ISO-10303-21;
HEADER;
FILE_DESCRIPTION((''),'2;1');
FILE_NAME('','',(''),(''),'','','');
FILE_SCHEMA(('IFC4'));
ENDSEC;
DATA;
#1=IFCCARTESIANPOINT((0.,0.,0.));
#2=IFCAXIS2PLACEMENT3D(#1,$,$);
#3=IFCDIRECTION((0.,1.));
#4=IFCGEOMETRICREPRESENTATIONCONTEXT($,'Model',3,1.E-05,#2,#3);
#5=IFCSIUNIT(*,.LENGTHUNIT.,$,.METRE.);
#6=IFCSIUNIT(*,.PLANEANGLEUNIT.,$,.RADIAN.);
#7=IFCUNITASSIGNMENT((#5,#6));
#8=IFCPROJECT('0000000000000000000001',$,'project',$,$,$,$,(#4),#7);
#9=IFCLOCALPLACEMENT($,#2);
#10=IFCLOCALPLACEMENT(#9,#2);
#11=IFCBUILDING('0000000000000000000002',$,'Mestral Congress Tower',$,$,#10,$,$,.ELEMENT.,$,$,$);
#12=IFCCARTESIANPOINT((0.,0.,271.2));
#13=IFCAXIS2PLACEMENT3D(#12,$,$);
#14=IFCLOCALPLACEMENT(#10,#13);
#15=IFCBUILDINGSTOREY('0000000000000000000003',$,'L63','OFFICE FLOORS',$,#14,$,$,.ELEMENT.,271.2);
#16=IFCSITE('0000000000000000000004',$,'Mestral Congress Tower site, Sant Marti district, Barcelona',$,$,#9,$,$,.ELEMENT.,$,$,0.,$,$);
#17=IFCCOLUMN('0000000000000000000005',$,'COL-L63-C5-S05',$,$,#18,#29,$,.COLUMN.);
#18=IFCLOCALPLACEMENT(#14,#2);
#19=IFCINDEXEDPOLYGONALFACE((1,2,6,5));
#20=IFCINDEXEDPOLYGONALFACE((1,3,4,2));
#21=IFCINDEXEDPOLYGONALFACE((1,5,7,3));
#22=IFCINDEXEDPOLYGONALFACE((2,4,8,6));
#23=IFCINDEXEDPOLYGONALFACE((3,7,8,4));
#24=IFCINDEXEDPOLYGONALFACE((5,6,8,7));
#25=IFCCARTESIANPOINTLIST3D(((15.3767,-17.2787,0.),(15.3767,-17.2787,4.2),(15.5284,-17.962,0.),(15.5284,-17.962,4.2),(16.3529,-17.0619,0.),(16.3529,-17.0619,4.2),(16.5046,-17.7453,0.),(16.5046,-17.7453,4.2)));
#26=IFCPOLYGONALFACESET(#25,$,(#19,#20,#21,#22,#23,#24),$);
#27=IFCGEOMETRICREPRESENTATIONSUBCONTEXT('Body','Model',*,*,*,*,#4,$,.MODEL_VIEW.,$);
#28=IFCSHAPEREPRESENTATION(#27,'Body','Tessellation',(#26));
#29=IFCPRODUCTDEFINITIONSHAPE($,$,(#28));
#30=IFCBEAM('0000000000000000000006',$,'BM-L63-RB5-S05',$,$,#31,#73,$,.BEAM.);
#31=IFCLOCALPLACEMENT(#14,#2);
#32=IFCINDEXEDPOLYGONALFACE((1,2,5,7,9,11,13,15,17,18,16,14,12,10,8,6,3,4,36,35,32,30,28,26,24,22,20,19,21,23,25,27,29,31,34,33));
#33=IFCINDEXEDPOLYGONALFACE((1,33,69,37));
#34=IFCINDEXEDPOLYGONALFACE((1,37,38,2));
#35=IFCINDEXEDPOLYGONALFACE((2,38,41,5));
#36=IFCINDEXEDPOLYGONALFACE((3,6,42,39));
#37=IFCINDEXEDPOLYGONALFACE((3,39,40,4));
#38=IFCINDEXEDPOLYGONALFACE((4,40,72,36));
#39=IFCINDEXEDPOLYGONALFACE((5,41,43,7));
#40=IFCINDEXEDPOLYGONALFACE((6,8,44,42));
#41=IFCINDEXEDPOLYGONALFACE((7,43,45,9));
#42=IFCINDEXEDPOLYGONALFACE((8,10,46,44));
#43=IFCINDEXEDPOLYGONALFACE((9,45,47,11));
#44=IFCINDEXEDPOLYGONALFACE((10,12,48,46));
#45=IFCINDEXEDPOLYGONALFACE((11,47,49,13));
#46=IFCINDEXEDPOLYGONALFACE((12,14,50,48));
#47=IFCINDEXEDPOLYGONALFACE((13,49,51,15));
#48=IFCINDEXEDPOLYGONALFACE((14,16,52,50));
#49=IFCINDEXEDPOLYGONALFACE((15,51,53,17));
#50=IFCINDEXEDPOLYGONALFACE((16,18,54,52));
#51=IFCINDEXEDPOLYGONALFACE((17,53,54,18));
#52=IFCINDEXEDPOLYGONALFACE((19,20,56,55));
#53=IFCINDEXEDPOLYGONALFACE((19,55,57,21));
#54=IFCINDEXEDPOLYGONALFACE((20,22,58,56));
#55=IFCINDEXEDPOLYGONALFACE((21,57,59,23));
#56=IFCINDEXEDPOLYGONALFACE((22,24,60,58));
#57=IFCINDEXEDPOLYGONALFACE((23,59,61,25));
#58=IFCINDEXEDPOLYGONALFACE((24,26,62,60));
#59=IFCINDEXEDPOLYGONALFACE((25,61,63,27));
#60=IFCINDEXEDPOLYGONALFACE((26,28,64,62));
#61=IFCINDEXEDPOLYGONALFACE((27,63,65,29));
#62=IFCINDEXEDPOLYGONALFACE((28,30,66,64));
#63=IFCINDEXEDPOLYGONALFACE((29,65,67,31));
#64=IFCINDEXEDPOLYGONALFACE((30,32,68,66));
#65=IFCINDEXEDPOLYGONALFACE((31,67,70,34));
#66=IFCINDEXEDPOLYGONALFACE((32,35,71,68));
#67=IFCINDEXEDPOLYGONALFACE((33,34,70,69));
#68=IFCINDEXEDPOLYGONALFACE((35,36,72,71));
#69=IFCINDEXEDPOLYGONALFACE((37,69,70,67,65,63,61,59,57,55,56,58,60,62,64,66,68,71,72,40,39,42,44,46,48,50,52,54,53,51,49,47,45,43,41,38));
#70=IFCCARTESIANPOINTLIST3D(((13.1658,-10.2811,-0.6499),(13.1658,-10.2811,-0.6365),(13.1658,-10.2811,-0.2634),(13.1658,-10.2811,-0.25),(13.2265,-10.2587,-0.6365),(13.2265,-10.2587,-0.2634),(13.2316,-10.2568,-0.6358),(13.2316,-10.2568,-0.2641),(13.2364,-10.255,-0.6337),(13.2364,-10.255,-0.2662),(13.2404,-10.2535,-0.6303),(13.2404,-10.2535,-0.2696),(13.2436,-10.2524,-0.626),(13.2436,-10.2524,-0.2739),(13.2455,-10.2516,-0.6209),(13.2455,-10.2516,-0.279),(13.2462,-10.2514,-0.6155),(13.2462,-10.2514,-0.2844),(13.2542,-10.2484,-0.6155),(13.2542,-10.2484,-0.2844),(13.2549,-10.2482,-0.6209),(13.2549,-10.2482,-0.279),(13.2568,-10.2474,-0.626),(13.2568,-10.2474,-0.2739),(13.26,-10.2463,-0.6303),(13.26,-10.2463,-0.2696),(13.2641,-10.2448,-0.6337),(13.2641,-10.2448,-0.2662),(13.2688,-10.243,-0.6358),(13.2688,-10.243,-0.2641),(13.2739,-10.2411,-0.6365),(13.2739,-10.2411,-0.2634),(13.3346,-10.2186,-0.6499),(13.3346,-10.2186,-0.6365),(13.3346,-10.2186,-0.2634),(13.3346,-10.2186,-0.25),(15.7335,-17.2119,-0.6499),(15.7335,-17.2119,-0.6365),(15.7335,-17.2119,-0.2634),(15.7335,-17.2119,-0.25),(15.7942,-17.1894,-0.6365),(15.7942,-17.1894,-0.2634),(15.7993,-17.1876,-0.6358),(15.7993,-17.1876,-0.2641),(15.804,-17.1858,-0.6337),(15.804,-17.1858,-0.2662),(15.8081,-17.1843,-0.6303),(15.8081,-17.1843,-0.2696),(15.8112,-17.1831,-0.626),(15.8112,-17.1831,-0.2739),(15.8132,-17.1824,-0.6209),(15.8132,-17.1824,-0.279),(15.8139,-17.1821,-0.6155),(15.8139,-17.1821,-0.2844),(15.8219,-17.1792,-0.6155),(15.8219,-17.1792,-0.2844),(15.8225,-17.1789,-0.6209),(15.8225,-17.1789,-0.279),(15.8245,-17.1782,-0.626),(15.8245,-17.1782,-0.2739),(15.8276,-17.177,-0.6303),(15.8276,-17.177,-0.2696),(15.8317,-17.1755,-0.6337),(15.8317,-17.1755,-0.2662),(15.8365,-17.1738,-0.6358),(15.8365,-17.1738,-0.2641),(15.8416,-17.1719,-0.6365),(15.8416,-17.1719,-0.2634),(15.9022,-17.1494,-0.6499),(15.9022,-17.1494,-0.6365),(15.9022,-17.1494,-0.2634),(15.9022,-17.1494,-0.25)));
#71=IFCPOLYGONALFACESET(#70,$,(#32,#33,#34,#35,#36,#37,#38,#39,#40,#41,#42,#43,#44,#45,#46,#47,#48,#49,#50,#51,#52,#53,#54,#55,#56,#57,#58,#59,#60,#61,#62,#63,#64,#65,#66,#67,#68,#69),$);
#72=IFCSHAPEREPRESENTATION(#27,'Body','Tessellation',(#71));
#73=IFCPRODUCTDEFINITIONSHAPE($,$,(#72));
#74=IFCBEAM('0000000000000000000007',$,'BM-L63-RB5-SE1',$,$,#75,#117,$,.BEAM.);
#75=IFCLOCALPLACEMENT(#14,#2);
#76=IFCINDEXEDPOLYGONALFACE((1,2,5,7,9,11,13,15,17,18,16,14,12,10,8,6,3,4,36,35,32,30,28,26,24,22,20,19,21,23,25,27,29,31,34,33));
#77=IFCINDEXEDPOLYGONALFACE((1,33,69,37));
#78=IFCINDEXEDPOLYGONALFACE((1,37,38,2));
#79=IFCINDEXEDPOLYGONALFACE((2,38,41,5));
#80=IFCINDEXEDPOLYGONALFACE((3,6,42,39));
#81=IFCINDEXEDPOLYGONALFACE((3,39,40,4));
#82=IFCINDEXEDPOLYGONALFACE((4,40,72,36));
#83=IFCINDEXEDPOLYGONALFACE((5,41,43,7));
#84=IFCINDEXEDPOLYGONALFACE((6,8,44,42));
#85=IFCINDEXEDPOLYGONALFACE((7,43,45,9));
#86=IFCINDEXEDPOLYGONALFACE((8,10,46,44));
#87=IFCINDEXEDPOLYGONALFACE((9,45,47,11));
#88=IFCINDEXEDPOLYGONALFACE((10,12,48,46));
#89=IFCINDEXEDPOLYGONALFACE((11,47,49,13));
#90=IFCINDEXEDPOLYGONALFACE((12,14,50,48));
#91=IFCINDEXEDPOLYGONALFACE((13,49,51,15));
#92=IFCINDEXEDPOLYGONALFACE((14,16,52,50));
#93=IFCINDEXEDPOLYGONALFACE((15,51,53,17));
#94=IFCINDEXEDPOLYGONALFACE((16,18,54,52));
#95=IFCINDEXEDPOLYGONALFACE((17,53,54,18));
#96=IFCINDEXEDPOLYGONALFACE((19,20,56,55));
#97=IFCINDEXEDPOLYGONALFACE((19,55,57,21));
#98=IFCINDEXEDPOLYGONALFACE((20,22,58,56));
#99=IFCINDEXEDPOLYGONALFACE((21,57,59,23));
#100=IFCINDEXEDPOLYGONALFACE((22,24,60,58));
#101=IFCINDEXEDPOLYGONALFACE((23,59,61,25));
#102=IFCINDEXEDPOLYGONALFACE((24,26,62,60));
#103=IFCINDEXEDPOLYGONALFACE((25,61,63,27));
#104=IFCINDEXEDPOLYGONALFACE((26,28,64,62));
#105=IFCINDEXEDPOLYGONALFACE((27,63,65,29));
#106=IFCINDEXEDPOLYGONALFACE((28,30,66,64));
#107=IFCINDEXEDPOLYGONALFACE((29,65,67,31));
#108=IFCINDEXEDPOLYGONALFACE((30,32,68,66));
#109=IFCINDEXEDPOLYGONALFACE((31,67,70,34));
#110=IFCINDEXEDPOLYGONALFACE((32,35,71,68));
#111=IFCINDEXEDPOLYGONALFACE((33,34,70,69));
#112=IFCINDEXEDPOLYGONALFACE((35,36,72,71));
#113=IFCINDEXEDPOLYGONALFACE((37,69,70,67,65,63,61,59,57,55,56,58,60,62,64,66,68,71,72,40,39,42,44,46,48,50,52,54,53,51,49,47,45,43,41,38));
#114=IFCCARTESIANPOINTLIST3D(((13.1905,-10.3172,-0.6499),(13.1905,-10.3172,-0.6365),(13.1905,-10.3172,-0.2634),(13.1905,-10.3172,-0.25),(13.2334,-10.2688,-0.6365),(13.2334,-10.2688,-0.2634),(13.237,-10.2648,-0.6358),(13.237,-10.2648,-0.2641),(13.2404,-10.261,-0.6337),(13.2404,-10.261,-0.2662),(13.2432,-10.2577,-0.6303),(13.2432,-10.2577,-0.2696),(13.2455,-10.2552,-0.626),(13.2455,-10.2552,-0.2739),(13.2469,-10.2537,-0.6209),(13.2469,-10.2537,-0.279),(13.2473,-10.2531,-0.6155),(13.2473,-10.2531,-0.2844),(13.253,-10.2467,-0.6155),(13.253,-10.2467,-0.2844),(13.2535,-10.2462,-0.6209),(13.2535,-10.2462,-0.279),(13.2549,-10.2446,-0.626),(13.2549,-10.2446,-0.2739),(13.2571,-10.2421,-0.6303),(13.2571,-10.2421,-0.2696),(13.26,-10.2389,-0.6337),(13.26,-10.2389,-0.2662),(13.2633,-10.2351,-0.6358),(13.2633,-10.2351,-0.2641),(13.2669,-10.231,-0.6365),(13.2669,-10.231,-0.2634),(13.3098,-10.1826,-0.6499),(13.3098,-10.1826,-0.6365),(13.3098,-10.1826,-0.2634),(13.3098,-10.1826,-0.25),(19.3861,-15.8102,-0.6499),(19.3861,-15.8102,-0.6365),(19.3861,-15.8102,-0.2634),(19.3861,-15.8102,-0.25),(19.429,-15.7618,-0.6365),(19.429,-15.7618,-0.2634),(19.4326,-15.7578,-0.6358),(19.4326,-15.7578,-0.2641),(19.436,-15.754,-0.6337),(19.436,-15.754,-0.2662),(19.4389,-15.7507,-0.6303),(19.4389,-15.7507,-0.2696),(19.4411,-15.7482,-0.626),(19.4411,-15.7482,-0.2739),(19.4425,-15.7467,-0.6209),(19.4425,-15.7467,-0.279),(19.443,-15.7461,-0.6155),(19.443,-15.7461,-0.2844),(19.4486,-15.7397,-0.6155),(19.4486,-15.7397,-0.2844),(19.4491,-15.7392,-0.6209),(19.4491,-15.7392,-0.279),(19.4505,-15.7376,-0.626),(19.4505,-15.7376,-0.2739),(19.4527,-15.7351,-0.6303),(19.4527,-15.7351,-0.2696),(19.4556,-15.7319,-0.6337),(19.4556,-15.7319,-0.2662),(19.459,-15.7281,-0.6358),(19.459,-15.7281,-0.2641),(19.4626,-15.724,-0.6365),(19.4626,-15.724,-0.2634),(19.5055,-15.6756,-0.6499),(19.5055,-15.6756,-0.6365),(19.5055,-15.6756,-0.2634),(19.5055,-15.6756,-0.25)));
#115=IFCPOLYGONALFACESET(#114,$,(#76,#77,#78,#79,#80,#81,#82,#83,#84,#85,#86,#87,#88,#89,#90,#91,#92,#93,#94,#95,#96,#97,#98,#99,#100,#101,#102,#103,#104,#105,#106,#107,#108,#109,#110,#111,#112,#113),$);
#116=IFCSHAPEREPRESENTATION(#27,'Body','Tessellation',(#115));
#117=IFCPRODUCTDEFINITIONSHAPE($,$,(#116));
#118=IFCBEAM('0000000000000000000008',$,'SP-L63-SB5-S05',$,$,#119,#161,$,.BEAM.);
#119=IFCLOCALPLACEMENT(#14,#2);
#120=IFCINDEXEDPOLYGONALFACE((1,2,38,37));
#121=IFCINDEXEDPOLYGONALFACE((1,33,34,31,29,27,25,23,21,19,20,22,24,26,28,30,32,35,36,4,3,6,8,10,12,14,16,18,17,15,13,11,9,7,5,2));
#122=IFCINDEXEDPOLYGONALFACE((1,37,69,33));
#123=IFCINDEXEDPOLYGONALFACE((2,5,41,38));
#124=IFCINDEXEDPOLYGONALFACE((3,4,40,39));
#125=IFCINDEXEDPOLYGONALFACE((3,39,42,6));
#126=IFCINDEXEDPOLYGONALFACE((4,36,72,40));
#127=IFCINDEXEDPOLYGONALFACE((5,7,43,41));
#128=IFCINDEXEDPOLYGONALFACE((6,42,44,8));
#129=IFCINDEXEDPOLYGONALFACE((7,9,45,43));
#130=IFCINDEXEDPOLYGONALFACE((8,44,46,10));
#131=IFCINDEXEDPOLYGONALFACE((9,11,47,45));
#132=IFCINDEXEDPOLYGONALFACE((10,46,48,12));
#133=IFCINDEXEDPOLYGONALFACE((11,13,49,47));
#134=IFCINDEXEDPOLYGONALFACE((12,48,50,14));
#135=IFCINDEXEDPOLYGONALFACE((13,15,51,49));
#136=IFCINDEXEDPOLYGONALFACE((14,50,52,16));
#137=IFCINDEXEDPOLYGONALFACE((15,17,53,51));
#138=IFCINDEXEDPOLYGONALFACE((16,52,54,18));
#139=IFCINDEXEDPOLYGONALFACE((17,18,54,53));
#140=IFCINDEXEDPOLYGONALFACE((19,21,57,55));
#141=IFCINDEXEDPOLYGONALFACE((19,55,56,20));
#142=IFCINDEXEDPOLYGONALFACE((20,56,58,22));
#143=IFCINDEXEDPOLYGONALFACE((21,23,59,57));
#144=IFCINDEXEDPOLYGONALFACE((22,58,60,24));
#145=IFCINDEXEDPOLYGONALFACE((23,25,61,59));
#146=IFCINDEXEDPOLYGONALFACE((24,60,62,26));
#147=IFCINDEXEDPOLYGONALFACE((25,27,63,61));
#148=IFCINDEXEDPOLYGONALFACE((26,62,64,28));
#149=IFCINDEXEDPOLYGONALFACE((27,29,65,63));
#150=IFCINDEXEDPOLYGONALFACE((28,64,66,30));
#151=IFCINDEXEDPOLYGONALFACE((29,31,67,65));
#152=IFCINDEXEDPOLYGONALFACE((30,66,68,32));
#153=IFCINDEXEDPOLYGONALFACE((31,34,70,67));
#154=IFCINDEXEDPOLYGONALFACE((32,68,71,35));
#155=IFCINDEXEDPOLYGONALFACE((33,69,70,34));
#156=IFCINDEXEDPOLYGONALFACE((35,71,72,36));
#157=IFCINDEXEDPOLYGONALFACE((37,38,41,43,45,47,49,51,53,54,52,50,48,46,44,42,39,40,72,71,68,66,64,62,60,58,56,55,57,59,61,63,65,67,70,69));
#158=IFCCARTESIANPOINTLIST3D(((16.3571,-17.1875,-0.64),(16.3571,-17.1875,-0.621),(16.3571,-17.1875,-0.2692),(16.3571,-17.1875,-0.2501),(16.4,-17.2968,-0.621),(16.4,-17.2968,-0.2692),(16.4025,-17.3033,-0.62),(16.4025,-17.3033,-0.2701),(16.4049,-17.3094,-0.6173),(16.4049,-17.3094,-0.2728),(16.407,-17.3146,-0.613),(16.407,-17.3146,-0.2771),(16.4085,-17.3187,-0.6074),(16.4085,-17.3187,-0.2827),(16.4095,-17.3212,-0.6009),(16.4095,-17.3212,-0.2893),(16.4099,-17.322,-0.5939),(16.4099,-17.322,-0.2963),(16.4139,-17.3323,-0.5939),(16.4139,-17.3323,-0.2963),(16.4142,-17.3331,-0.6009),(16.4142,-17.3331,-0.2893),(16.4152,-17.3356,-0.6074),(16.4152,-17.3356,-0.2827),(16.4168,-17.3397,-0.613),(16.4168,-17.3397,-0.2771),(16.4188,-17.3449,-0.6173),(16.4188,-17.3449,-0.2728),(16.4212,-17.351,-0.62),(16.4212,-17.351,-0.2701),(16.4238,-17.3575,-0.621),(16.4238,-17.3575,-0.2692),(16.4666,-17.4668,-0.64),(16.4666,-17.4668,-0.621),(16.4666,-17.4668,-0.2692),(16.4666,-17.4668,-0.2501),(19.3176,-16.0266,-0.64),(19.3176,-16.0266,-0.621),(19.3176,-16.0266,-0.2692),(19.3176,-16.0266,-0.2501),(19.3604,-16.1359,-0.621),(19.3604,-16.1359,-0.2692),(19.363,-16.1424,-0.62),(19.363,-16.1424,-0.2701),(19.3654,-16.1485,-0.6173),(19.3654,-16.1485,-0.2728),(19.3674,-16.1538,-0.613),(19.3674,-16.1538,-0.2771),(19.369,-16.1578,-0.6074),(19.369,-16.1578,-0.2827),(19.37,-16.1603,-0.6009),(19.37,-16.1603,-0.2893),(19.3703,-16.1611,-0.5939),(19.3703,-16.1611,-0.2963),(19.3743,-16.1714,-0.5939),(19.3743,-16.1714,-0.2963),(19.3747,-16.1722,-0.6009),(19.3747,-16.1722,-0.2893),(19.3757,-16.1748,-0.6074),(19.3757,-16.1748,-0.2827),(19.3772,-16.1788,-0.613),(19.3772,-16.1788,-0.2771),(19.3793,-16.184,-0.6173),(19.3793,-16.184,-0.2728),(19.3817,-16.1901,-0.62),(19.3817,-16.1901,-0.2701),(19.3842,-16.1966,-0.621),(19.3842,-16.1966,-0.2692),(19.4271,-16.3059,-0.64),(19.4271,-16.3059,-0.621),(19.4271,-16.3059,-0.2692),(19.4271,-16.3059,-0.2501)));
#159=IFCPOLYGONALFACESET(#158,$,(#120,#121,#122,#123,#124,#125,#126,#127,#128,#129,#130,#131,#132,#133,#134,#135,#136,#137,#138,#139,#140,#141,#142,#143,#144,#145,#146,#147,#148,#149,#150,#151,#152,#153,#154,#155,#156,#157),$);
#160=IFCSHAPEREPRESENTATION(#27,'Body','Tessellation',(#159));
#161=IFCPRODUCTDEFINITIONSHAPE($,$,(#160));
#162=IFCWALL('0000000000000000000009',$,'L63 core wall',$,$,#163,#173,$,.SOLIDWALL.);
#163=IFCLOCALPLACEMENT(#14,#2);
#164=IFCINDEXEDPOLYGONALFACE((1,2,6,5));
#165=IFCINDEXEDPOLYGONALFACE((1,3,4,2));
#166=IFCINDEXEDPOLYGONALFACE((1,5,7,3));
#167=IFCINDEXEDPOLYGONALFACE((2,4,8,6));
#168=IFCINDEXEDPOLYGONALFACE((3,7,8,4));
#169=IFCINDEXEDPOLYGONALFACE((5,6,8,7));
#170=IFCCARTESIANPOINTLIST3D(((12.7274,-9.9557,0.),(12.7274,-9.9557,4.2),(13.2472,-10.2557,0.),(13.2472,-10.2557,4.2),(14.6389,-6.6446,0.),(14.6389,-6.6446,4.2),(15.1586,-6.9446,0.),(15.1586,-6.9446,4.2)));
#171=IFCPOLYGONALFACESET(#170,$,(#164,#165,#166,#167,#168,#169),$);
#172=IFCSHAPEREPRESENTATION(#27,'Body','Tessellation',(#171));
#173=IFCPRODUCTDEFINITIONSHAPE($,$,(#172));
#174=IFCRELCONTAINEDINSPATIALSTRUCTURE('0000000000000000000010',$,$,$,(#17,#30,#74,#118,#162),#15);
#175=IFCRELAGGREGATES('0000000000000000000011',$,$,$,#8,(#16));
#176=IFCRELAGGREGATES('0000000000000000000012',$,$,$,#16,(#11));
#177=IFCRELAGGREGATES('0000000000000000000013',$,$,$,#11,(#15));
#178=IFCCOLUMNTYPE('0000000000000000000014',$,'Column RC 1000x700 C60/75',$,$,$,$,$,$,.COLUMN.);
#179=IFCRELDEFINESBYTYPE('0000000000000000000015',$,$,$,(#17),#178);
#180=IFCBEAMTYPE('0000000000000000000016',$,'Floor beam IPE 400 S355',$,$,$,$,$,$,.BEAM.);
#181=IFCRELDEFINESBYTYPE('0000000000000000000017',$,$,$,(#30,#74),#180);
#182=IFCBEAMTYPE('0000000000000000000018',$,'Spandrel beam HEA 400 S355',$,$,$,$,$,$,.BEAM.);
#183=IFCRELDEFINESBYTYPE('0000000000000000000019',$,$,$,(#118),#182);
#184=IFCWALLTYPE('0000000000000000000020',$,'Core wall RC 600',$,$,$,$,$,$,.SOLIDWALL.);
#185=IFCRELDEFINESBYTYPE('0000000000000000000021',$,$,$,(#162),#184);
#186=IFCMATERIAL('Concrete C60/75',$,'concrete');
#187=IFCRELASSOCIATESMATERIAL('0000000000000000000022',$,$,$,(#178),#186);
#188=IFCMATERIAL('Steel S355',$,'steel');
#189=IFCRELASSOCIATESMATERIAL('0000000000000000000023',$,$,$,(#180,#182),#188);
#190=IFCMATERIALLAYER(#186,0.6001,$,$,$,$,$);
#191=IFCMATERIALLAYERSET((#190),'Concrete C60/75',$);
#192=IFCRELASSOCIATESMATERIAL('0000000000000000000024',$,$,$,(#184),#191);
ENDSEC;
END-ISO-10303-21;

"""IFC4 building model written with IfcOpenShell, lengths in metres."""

from ifc_helpers import new_model, si_unit, direction, frame, frame_2d, origin, origin_2d, place, context, subcontext, project, spatial, rectangle, i_section, extrude, material, layer, layer_set, material_profile, profile_set, type_object, element, save


model = new_model("IFC4")

# Units and contexts
model_context = context("Model", 3, precision=1e-05, world=origin(), true_north=direction((0.0, 1.0)))
body_context = subcontext(model_context, "Body", "Model", "MODEL_VIEW")
ifc_project = project(units=[si_unit("LENGTHUNIT", "METRE"), si_unit("PLANEANGLEUNIT", "RADIAN")], contexts=[model_context])

# Site, building, storey
site_placement = place(None, origin())
site = spatial("IfcSite", under=ifc_project, at=site_placement, Name="Mestral Congress Tower site, Sant Marti district, Barcelona", CompositionType="ELEMENT", RefElevation=0.0)
building_placement = place(site_placement, origin())
building = spatial("IfcBuilding", under=site, at=building_placement, Name="Mestral Congress Tower", CompositionType="ELEMENT")
storey_placement = place(building_placement, frame((0.0, 0.0, 271.2)))
storey = spatial("IfcBuildingStorey", under=building, at=storey_placement, Name="L63", Description="OFFICE FLOORS", CompositionType="ELEMENT", Elevation=271.2)

# Column
ifc_material_1 = material(Name="Concrete C60/75", Category="concrete")
ifc_material_profile_1 = material_profile(ifc_material_1, rectangle(XDim=1.0, YDim=0.7, at=origin_2d()), Name="RC 1000x700")
ifc_profile_set_1 = profile_set([ifc_material_profile_1], Name="Concrete C60/75")
column_type = type_object("IfcColumnType", Name="Column RC 1000x700 C60/75", PredefinedType="COLUMN", material=ifc_profile_set_1)
column_placement = place(storey_placement, frame((15.9407, -17.512, 0.0), z_axis=(0.0, 0.0, 1.0), x_axis=(0.976234, 0.216721, 0.0)))
element("IfcColumn", 1, at=column_placement, inside=storey, type_object=column_type, Name="COL-L63-C5-S05", PredefinedType="COLUMN", context=body_context, shape_type="SweptSolid", body=[
    extrude(rectangle(XDim=1.0, YDim=0.7, at=origin_2d()), origin(), (0.0, 0.0, 1.0), 4.2),
])

# Beams
ifc_material_2 = material(Name="Steel S355", Category="steel")
ifc_material_profile_2 = material_profile(ifc_material_2, i_section(OverallWidth=0.1799, OverallDepth=0.3999, WebThickness=0.0085, FlangeThickness=0.0134, FilletRadius=0.021, at=origin_2d()), Name="IPE 400")
ifc_profile_set_2 = profile_set([ifc_material_profile_2], Name="Steel S355")
beam_type_1 = type_object("IfcBeamType", Name="Floor beam IPE 400 S355", PredefinedType="BEAM", material=ifc_profile_set_2)
beam_1_placement = place(storey_placement, frame((15.8179, -17.1807, -0.45), z_axis=(-0.347399, 0.937717, 0.0), x_axis=(-0.937717, -0.347399, 0.0)))
element("IfcBeam", 2, at=beam_1_placement, inside=storey, type_object=beam_type_1, Name="BM-L63-RB5-S05", PredefinedType="BEAM", context=body_context, shape_type="SweptSolid", body=[
    extrude(i_section(OverallWidth=0.1799, OverallDepth=0.3999, WebThickness=0.0085, FlangeThickness=0.0134, FilletRadius=0.021, at=origin_2d()), origin(), (0.0, 0.0, 1.0), 7.3911),
])
beam_2_placement = place(storey_placement, frame((19.4458, -15.7429, -0.45), z_axis=(-0.748263, 0.663402, 0.0), x_axis=(-0.663402, -0.748263, 0.0)))
element("IfcBeam", 3, at=beam_2_placement, inside=storey, type_object=beam_type_1, Name="BM-L63-RB5-SE1", PredefinedType="BEAM", context=body_context, shape_type="SweptSolid", body=[
    extrude(i_section(OverallWidth=0.1799, OverallDepth=0.3999, WebThickness=0.0085, FlangeThickness=0.0134, FilletRadius=0.021, at=origin_2d()), origin(), (0.0, 0.0, 1.0), 8.28),
])
ifc_material_profile_3 = material_profile(ifc_material_2, i_section(OverallWidth=0.3, OverallDepth=0.3899, WebThickness=0.011, FlangeThickness=0.019, FilletRadius=0.0271, at=origin_2d()), Name="HEA 400")
ifc_profile_set_3 = profile_set([ifc_material_profile_3], Name="Steel S355")
beam_type_2 = type_object("IfcBeamType", Name="Spandrel beam HEA 400 S355", PredefinedType="BEAM", material=ifc_profile_set_3)
beam_3_placement = place(storey_placement, frame((16.4119, -17.3271, -0.4451), z_axis=(0.930981, 0.365068, 0.0), x_axis=(-0.365068, 0.930981, 0.0)))
element("IfcBeam", 4, at=beam_3_placement, inside=storey, type_object=beam_type_2, Name="SP-L63-SB5-S05", PredefinedType="BEAM", context=body_context, shape_type="SweptSolid", body=[
    extrude(i_section(OverallWidth=0.3, OverallDepth=0.3899, WebThickness=0.011, FlangeThickness=0.019, FilletRadius=0.0271, at=origin_2d()), origin(), (0.0, 0.0, 1.0), 3.1799),
])

# Wall
ifc_layer_1 = layer(ifc_material_1, 0.6001)
ifc_layer_set_1 = layer_set([ifc_layer_1], Name="Concrete C60/75")
wall_type_1 = type_object("IfcWallType", Name="Core wall RC 600", PredefinedType="SOLIDWALL", material=ifc_layer_set_1)
wall_1_placement = place(storey_placement, frame((12.9873, -10.1057, 0.0), z_axis=(0.0, 0.0, 1.0), x_axis=(0.499951, 0.866054, 0.0)))
element("IfcWall", 5, at=wall_1_placement, inside=storey, type_object=wall_type_1, Name="L63 core wall", PredefinedType="SOLIDWALL", context=body_context, shape_type="SweptSolid", body=[
    extrude(rectangle(XDim=3.8232, YDim=0.6001, at=frame_2d((1.9116, 0.0))), origin(), (0.0, 0.0, 1.0), 4.2),
])

save(model, "model.ifc")
